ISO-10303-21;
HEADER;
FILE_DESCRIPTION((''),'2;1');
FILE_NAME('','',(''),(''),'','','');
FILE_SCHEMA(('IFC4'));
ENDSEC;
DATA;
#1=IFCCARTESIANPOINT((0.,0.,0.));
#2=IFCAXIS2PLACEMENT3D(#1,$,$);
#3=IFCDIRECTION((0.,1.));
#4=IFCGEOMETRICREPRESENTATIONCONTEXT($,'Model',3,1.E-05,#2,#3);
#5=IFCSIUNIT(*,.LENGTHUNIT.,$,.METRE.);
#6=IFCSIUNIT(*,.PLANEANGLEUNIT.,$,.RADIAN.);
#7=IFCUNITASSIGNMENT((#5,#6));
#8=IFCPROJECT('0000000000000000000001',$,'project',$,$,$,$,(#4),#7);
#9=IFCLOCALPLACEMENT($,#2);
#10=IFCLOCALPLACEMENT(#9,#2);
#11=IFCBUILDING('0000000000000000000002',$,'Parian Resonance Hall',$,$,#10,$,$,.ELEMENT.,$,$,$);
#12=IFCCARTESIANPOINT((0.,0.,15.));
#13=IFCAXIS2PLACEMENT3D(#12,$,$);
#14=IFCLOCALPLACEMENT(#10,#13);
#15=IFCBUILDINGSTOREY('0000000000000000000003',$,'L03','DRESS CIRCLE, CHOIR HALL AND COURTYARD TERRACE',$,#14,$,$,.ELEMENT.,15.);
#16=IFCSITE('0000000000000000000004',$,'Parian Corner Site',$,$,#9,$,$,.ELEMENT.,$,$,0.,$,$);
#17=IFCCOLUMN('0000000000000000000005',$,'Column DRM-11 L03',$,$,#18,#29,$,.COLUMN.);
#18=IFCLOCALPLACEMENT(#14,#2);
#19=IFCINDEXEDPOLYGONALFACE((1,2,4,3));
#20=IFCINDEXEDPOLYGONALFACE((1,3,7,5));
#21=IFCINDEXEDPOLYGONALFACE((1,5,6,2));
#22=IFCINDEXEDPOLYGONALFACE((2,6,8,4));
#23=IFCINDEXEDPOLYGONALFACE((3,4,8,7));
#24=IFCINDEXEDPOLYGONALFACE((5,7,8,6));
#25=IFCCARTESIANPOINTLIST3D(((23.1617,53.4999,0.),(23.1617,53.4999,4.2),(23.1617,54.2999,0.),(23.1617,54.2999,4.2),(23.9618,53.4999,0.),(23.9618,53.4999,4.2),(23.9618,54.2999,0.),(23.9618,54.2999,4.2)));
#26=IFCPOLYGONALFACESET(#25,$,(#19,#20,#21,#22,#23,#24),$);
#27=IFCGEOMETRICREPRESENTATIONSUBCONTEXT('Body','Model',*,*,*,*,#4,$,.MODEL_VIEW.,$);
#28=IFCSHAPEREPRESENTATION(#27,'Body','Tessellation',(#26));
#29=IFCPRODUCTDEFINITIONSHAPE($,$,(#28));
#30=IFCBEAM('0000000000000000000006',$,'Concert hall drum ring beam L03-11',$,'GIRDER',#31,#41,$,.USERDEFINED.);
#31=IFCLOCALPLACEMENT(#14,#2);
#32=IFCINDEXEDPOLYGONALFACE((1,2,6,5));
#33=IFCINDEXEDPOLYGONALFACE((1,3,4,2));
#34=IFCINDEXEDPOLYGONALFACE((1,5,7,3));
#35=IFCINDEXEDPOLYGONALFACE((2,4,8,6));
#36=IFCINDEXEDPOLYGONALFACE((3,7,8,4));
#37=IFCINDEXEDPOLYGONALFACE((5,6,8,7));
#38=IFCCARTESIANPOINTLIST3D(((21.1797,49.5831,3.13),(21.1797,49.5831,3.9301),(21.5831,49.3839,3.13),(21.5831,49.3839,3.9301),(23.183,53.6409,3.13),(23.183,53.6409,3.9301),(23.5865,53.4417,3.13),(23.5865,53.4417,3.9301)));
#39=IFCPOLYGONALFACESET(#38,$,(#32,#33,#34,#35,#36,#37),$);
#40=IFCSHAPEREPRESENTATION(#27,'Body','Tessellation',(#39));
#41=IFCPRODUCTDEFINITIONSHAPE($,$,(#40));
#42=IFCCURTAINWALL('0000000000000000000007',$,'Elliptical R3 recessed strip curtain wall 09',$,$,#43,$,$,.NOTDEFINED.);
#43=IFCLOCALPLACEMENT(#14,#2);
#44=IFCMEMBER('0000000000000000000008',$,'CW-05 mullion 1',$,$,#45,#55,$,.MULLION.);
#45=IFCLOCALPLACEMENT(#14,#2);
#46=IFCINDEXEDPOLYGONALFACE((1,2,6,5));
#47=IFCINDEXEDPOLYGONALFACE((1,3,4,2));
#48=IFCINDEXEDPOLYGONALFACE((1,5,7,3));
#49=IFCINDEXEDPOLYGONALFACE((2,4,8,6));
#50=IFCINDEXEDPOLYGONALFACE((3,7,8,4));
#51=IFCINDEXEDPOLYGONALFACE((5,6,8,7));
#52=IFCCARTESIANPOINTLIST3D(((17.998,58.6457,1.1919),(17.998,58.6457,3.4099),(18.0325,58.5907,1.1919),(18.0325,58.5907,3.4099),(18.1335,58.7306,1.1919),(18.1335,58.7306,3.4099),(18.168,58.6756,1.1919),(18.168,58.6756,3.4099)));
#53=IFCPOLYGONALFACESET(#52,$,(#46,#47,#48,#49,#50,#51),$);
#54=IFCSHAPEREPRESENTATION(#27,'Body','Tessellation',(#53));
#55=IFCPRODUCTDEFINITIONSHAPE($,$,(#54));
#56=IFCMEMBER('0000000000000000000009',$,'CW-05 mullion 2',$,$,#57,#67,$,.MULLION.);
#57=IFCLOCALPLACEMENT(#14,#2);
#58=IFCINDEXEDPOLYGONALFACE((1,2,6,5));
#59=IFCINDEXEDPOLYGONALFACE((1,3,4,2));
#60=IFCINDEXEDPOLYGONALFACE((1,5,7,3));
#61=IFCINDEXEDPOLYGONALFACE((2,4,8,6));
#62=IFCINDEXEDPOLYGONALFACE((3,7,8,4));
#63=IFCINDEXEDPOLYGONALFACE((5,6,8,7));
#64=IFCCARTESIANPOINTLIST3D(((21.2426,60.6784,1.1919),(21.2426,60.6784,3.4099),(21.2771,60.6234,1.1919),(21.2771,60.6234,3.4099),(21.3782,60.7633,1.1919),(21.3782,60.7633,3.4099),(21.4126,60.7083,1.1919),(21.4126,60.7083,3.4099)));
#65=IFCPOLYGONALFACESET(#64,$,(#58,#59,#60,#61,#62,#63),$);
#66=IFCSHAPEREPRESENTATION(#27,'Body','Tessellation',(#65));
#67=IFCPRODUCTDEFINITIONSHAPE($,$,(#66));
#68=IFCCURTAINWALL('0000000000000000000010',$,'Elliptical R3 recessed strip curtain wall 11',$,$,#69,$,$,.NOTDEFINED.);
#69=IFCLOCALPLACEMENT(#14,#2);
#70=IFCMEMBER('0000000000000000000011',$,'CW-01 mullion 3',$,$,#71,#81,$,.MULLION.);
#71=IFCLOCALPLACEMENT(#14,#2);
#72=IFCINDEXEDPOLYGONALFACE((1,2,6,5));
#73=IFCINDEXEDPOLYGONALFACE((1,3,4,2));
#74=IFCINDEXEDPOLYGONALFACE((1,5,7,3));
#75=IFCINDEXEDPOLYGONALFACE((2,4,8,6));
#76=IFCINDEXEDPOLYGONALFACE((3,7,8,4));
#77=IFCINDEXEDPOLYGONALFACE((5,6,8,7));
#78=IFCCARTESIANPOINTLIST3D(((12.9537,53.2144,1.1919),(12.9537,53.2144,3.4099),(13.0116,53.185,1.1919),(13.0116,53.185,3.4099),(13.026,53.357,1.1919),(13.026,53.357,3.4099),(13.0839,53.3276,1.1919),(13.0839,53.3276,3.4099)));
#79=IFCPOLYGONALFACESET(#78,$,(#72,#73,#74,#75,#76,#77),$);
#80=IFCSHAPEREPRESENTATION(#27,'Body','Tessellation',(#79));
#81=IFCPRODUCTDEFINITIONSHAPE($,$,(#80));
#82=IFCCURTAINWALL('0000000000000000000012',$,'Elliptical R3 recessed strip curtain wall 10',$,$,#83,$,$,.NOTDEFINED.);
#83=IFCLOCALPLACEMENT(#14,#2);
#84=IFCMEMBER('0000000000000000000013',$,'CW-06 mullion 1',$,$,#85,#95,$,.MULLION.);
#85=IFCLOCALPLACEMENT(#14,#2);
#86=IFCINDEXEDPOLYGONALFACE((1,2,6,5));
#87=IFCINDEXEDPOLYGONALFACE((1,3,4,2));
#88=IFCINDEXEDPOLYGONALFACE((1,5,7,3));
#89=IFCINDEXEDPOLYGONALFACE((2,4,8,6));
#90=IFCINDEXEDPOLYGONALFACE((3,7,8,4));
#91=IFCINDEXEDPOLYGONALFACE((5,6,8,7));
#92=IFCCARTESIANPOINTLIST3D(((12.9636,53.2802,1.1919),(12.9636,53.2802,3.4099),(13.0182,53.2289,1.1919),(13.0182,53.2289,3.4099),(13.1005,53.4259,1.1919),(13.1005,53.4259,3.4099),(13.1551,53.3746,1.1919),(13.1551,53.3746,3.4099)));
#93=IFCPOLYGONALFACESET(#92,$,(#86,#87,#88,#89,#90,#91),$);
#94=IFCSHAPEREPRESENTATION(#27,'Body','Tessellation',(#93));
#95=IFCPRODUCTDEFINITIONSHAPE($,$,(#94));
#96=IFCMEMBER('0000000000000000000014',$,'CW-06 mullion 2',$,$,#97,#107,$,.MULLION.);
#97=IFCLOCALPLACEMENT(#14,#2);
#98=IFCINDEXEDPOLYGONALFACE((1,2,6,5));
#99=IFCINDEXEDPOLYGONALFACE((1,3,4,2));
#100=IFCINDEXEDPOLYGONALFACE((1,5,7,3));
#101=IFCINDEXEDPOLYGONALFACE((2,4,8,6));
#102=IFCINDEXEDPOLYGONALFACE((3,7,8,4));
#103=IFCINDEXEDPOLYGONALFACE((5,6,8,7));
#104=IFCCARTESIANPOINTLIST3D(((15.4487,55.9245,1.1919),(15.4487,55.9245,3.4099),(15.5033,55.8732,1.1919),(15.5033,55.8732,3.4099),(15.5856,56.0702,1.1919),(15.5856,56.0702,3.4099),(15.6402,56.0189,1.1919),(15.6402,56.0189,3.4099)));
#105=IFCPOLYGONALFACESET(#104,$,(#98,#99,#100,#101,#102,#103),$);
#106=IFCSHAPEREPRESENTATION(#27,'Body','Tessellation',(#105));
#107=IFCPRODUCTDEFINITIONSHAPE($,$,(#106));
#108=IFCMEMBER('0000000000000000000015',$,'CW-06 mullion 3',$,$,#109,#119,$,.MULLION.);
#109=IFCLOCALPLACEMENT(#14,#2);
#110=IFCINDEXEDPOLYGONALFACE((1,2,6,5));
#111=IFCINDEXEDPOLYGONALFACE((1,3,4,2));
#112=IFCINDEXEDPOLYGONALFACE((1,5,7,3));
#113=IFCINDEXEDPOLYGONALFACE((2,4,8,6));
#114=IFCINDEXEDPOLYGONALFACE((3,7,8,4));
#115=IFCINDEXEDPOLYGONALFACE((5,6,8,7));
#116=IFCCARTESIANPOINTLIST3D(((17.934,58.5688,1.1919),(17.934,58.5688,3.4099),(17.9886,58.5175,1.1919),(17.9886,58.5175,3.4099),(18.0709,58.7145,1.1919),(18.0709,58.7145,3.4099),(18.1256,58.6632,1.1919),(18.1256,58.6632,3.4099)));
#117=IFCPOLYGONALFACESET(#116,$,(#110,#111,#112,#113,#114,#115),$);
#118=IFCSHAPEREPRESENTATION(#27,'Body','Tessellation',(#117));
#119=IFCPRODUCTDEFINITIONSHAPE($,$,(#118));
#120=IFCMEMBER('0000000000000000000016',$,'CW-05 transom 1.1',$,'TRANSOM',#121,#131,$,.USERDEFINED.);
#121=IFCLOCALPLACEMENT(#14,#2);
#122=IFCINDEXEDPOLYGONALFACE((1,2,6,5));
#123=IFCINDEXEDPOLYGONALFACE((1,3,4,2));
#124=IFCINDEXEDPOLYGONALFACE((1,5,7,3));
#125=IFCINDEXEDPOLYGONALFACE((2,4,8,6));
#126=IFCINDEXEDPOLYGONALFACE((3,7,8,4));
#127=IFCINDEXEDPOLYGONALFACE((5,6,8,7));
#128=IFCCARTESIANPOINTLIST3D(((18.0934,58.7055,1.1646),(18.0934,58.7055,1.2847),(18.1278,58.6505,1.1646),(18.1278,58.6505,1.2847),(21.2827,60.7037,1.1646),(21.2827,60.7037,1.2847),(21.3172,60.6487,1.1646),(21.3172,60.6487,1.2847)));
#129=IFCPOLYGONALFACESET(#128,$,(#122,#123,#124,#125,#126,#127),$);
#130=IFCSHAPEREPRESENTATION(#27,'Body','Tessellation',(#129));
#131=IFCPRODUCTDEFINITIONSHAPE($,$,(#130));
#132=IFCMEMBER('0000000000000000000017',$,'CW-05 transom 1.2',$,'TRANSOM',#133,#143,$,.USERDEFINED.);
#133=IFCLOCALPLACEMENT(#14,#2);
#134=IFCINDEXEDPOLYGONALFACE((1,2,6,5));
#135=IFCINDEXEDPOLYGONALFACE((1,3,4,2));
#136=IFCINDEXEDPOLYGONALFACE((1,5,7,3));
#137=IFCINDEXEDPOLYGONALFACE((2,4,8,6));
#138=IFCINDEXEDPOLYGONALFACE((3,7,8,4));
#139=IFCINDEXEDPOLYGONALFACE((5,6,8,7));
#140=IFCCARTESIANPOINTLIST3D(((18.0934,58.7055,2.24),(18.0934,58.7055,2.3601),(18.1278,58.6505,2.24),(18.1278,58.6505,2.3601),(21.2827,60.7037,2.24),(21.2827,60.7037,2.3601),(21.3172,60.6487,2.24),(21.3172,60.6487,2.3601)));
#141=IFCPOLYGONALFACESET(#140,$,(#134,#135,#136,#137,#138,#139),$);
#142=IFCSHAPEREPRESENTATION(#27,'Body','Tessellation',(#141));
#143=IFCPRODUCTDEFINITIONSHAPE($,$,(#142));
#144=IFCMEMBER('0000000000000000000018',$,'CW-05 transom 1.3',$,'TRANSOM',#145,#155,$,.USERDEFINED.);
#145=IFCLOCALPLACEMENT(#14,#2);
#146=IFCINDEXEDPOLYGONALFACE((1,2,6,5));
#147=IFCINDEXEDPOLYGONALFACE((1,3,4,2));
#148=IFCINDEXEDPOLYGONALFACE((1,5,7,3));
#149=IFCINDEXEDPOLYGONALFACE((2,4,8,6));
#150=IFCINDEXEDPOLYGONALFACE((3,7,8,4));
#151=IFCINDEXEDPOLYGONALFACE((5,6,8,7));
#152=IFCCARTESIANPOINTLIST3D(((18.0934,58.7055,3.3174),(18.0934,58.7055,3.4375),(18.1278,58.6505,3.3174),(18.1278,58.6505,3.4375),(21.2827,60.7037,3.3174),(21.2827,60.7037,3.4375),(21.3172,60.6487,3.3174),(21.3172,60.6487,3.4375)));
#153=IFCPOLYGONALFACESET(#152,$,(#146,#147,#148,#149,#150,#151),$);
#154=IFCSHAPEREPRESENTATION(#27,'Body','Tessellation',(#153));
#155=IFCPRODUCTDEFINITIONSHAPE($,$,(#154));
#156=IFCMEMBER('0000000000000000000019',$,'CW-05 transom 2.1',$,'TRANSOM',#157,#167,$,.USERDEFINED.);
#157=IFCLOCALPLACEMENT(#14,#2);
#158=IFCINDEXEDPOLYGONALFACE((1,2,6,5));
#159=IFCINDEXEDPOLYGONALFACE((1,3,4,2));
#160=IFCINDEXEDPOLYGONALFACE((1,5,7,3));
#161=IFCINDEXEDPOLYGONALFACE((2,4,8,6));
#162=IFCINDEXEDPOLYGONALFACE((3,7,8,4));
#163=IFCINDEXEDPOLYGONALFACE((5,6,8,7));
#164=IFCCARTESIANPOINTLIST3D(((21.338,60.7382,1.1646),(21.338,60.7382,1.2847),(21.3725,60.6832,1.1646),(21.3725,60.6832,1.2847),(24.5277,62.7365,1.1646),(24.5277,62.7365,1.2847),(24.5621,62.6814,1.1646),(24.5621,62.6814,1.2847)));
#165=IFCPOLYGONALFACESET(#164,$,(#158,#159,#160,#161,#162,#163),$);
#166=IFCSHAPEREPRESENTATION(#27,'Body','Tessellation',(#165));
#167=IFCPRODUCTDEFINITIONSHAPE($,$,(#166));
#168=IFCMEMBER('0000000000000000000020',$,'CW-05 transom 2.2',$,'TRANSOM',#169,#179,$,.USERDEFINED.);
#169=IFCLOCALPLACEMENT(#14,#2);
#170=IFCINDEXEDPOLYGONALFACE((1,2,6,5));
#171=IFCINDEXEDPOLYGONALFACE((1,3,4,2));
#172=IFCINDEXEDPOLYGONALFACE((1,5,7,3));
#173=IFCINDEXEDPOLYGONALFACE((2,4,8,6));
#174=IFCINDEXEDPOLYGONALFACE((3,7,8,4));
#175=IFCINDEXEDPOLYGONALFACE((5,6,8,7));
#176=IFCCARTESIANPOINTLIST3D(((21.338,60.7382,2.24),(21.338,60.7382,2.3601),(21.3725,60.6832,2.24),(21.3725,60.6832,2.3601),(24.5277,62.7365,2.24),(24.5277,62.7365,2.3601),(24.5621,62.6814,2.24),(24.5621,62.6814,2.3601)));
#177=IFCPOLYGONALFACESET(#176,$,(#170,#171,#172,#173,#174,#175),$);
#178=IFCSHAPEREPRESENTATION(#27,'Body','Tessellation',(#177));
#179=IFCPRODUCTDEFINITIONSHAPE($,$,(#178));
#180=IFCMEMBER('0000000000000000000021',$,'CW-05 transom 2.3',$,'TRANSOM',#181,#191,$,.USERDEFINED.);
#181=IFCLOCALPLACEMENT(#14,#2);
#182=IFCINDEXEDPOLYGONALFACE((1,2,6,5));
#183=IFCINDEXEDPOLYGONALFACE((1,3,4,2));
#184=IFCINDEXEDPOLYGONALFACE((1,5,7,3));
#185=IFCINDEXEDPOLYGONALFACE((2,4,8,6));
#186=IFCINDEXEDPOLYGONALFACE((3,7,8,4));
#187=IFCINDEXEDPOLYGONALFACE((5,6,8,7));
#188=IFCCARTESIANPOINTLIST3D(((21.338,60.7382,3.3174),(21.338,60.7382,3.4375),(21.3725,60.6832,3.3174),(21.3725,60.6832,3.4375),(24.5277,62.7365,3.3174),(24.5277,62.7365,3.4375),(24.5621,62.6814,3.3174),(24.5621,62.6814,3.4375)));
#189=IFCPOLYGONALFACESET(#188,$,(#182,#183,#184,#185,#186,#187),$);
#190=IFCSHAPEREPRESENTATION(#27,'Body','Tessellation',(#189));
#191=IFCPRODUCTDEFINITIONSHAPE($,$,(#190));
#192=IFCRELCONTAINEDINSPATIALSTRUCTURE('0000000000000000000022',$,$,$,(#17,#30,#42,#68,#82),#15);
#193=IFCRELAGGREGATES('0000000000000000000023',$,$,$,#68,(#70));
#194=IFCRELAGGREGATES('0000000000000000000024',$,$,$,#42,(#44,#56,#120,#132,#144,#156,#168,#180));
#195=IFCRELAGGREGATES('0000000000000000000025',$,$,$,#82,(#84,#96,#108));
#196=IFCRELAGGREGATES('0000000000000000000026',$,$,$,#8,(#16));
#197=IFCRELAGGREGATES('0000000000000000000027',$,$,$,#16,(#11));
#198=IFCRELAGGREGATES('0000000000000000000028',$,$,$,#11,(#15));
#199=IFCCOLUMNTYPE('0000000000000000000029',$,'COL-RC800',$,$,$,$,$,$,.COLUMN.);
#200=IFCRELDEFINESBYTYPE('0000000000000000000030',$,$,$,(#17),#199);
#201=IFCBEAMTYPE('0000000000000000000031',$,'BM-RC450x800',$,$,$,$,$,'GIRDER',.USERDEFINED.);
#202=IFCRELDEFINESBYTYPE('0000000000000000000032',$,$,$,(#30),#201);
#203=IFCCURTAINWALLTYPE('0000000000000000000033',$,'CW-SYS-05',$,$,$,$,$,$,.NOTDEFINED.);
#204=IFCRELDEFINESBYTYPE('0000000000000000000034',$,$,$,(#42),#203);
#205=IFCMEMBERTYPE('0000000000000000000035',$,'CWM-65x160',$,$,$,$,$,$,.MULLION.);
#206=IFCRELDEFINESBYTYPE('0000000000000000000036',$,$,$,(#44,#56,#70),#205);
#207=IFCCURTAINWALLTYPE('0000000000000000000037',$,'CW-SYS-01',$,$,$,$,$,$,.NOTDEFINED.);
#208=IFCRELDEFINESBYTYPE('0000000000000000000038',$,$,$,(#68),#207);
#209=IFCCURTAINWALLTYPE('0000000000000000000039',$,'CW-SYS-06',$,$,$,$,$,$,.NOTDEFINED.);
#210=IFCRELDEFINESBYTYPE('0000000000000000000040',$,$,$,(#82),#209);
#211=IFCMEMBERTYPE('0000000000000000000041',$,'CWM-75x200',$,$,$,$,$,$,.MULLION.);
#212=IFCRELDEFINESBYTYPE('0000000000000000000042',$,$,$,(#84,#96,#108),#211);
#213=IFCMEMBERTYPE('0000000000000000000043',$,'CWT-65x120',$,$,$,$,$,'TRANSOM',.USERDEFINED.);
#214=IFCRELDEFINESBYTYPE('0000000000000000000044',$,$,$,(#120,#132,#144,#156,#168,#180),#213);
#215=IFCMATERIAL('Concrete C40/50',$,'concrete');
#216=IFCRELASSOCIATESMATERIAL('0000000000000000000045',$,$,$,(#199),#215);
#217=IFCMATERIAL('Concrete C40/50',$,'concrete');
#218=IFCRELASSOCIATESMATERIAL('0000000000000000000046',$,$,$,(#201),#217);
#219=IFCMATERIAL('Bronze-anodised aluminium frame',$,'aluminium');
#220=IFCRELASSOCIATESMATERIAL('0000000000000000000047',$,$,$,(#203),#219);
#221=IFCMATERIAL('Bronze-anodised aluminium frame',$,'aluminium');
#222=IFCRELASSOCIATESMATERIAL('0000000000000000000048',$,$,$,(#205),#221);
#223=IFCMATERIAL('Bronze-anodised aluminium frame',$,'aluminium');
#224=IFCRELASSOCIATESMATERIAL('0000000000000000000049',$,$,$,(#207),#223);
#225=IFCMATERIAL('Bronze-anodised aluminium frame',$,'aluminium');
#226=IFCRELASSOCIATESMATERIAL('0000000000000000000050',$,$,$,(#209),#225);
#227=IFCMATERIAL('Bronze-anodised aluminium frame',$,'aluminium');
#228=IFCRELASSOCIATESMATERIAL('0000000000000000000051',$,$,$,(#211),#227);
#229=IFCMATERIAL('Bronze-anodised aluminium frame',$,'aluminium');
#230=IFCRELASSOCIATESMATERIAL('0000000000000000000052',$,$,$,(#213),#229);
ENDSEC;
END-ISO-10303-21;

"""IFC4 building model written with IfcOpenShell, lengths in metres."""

from ifc_helpers import new_model, si_unit, direction, frame, origin, origin_2d, place, context, subcontext, project, spatial, rectangle, extrude, material, material_profile, profile_set, type_object, element, aggregate, save


model = new_model("IFC4")

# Units and contexts
model_context = context("Model", 3, precision=1e-05, world=origin(), true_north=direction((0.0, 1.0)))
body_context = subcontext(model_context, "Body", "Model", "MODEL_VIEW")
ifc_project = project(units=[si_unit("LENGTHUNIT", "METRE"), si_unit("PLANEANGLEUNIT", "RADIAN")], contexts=[model_context])

# Site, building, storey
site_placement = place(None, origin())
site = spatial("IfcSite", under=ifc_project, at=site_placement, Name="Parian Corner Site", CompositionType="ELEMENT", RefElevation=0.0)
building_placement = place(site_placement, origin())
building = spatial("IfcBuilding", under=site, at=building_placement, Name="Parian Resonance Hall", CompositionType="ELEMENT")
storey_placement = place(building_placement, frame((0.0, 0.0, 15.0)))
storey = spatial("IfcBuildingStorey", under=building, at=storey_placement, Name="L03", Description="DRESS CIRCLE, CHOIR HALL AND COURTYARD TERRACE", CompositionType="ELEMENT", Elevation=15.0)

# Column
ifc_material_1 = material(Name="Concrete C40/50", Category="concrete")
ifc_material_profile_1 = material_profile(ifc_material_1, rectangle(XDim=0.8, YDim=0.8, at=origin_2d()), Name="RC-COL-800x800")
ifc_profile_set_1 = profile_set([ifc_material_profile_1], Name="Concrete C40/50")
column_type = type_object("IfcColumnType", Name="COL-RC800", PredefinedType="COLUMN", material=ifc_profile_set_1)
column_placement = place(storey_placement, frame((23.5618, 53.8999, 0.0), z_axis=(0.0, 0.0, 1.0), x_axis=(1.0, 0.0, 0.0)))
element("IfcColumn", 1, at=column_placement, inside=storey, type_object=column_type, Name="Column DRM-11 L03", PredefinedType="COLUMN", context=body_context, shape_type="SweptSolid", body=[
    extrude(rectangle(XDim=0.8, YDim=0.8, at=origin_2d()), origin(), (0.0, 0.0, 1.0), 4.2),
])

# Beam
ifc_material_2 = material(Name="Concrete C40/50", Category="concrete")
ifc_material_profile_2 = material_profile(ifc_material_2, rectangle(XDim=0.45, YDim=0.8, at=origin_2d()), Name="RC-BM-450x800")
ifc_profile_set_2 = profile_set([ifc_material_profile_2], Name="Concrete C40/50")
beam_type = type_object("IfcBeamType", Name="BM-RC450x800", ElementType="GIRDER", PredefinedType="USERDEFINED", material=ifc_profile_set_2)
beam_placement = place(storey_placement, frame((23.3848, 53.5413, 3.53), z_axis=(-0.442698, -0.896671, 0.0), x_axis=(0.896671, -0.442698, 0.0)))
element("IfcBeam", 2, at=beam_placement, inside=storey, type_object=beam_type, Name="Concert hall drum ring beam L03-11", ObjectType="GIRDER", PredefinedType="USERDEFINED", context=body_context, shape_type="SweptSolid", body=[
    extrude(rectangle(XDim=0.45, YDim=0.8, at=origin_2d()), origin(), (0.0, 0.0, 1.0), 4.5254),
])

# Curtain wall, members
ifc_material_3 = material(Name="Bronze-anodised aluminium frame", Category="aluminium")
curtain_wall_type_1 = type_object("IfcCurtainWallType", Name="CW-SYS-05", PredefinedType="NOTDEFINED", material=ifc_material_3)
curtain_wall_1_placement = place(storey_placement, origin())
curtain_wall_1 = element("IfcCurtainWall", 3, at=curtain_wall_1_placement, inside=storey, type_object=curtain_wall_type_1, Name="Elliptical R3 recessed strip curtain wall 09", PredefinedType="NOTDEFINED")
ifc_material_4 = material(Name="Bronze-anodised aluminium frame", Category="aluminium")
ifc_material_profile_3 = material_profile(ifc_material_4, rectangle(XDim=0.0649, YDim=0.1599, at=origin_2d()), Name="CWM-65x160")
ifc_profile_set_3 = profile_set([ifc_material_profile_3], Name="Bronze-anodised aluminium frame")
member_type_1 = type_object("IfcMemberType", Name="CWM-65x160", PredefinedType="MULLION", material=ifc_profile_set_3)
member_1_placement = place(storey_placement, frame((18.083, 58.6606, 1.1919), z_axis=(0.0, 0.0, 1.0), x_axis=(-0.530904, 0.847432, 0.0)))
member_1 = element("IfcMember", 4, at=member_1_placement, type_object=member_type_1, Name="CW-05 mullion 1", PredefinedType="MULLION", context=body_context, shape_type="SweptSolid", body=[
    extrude(rectangle(XDim=0.0649, YDim=0.1599, at=origin_2d()), origin(), (0.0, 0.0, 1.0), 2.218),
])
member_2_placement = place(storey_placement, frame((21.3276, 60.6934, 1.1919), z_axis=(0.0, 0.0, 1.0), x_axis=(-0.530904, 0.847432, 0.0)))
member_2 = element("IfcMember", 5, at=member_2_placement, type_object=member_type_1, Name="CW-05 mullion 2", PredefinedType="MULLION", context=body_context, shape_type="SweptSolid", body=[
    extrude(rectangle(XDim=0.0649, YDim=0.1599, at=origin_2d()), origin(), (0.0, 0.0, 1.0), 2.218),
])

# Curtain wall, member
ifc_material_5 = material(Name="Bronze-anodised aluminium frame", Category="aluminium")
curtain_wall_type_2 = type_object("IfcCurtainWallType", Name="CW-SYS-01", PredefinedType="NOTDEFINED", material=ifc_material_5)
curtain_wall_2_placement = place(storey_placement, origin())
curtain_wall_2 = element("IfcCurtainWall", 6, at=curtain_wall_2_placement, inside=storey, type_object=curtain_wall_type_2, Name="Elliptical R3 recessed strip curtain wall 11", PredefinedType="NOTDEFINED")
member_3_placement = place(storey_placement, frame((13.0188, 53.271, 1.1919), z_axis=(0.0, 0.0, 1.0), x_axis=(-0.891795, 0.45244, 0.0)))
member_3 = element("IfcMember", 7, at=member_3_placement, type_object=member_type_1, Name="CW-01 mullion 3", PredefinedType="MULLION", context=body_context, shape_type="SweptSolid", body=[
    extrude(rectangle(XDim=0.0649, YDim=0.1599, at=origin_2d()), origin(), (0.0, 0.0, 1.0), 2.218),
])

# Curtain wall, members
ifc_material_6 = material(Name="Bronze-anodised aluminium frame", Category="aluminium")
curtain_wall_type_3 = type_object("IfcCurtainWallType", Name="CW-SYS-06", PredefinedType="NOTDEFINED", material=ifc_material_6)
curtain_wall_3_placement = place(storey_placement, origin())
curtain_wall_3 = element("IfcCurtainWall", 8, at=curtain_wall_3_placement, inside=storey, type_object=curtain_wall_type_3, Name="Elliptical R3 recessed strip curtain wall 10", PredefinedType="NOTDEFINED")
ifc_material_7 = material(Name="Bronze-anodised aluminium frame", Category="aluminium")
ifc_material_profile_4 = material_profile(ifc_material_7, rectangle(XDim=0.075, YDim=0.2, at=origin_2d()), Name="CWM-75x200")
ifc_profile_set_4 = profile_set([ifc_material_profile_4], Name="Bronze-anodised aluminium frame")
member_type_2 = type_object("IfcMemberType", Name="CWM-75x200", PredefinedType="MULLION", material=ifc_profile_set_4)
member_4_placement = place(storey_placement, frame((13.0593, 53.3274, 1.1919), z_axis=(0.0, 0.0, 1.0), x_axis=(-0.728695, 0.684838, 0.0)))
member_4 = element("IfcMember", 9, at=member_4_placement, type_object=member_type_2, Name="CW-06 mullion 1", PredefinedType="MULLION", context=body_context, shape_type="SweptSolid", body=[
    extrude(rectangle(XDim=0.075, YDim=0.2, at=origin_2d()), origin(), (0.0, 0.0, 1.0), 2.218),
])
member_5_placement = place(storey_placement, frame((15.5444, 55.9717, 1.1919), z_axis=(0.0, 0.0, 1.0), x_axis=(-0.728695, 0.684838, 0.0)))
member_5 = element("IfcMember", 10, at=member_5_placement, type_object=member_type_2, Name="CW-06 mullion 2", PredefinedType="MULLION", context=body_context, shape_type="SweptSolid", body=[
    extrude(rectangle(XDim=0.075, YDim=0.2, at=origin_2d()), origin(), (0.0, 0.0, 1.0), 2.218),
])
member_6_placement = place(storey_placement, frame((18.0298, 58.616, 1.1919), z_axis=(0.0, 0.0, 1.0), x_axis=(-0.728695, 0.684838, 0.0)))
member_6 = element("IfcMember", 11, at=member_6_placement, type_object=member_type_2, Name="CW-06 mullion 3", PredefinedType="MULLION", context=body_context, shape_type="SweptSolid", body=[
    extrude(rectangle(XDim=0.075, YDim=0.2, at=origin_2d()), origin(), (0.0, 0.0, 1.0), 2.218),
])

# Members
ifc_material_8 = material(Name="Bronze-anodised aluminium frame", Category="aluminium")
ifc_material_profile_5 = material_profile(ifc_material_8, rectangle(XDim=0.0649, YDim=0.1201, at=origin_2d()), Name="CWT-65x120")
ifc_profile_set_5 = profile_set([ifc_material_profile_5], Name="Bronze-anodised aluminium frame")
member_type_3 = type_object("IfcMemberType", Name="CWT-65x120", ElementType="TRANSOM", PredefinedType="USERDEFINED", material=ifc_profile_set_5)
member_7_placement = place(storey_placement, frame((18.1106, 58.678, 1.2246), z_axis=(0.847415, 0.530932, 0.0), x_axis=(-0.530932, 0.847415, 0.0)))
member_7 = element("IfcMember", 12, at=member_7_placement, type_object=member_type_3, Name="CW-05 transom 1.1", ObjectType="TRANSOM", PredefinedType="USERDEFINED", context=body_context, shape_type="SweptSolid", body=[
    extrude(rectangle(XDim=0.0649, YDim=0.1201, at=origin_2d()), origin(), (0.0, 0.0, 1.0), 3.7637),
])
member_8_placement = place(storey_placement, frame((18.1106, 58.678, 2.3), z_axis=(0.847415, 0.530932, 0.0), x_axis=(-0.530932, 0.847415, 0.0)))
member_8 = element("IfcMember", 13, at=member_8_placement, type_object=member_type_3, Name="CW-05 transom 1.2", ObjectType="TRANSOM", PredefinedType="USERDEFINED", context=body_context, shape_type="SweptSolid", body=[
    extrude(rectangle(XDim=0.0649, YDim=0.1201, at=origin_2d()), origin(), (0.0, 0.0, 1.0), 3.7637),
])
member_9_placement = place(storey_placement, frame((18.1106, 58.678, 3.3774), z_axis=(0.847415, 0.530932, 0.0), x_axis=(-0.530932, 0.847415, 0.0)))
member_9 = element("IfcMember", 14, at=member_9_placement, type_object=member_type_3, Name="CW-05 transom 1.3", ObjectType="TRANSOM", PredefinedType="USERDEFINED", context=body_context, shape_type="SweptSolid", body=[
    extrude(rectangle(XDim=0.0649, YDim=0.1201, at=origin_2d()), origin(), (0.0, 0.0, 1.0), 3.7637),
])
member_10_placement = place(storey_placement, frame((21.3552, 60.7107, 1.2246), z_axis=(0.847433, 0.530902, 0.0), x_axis=(-0.530902, 0.847433, 0.0)))
member_10 = element("IfcMember", 15, at=member_10_placement, type_object=member_type_3, Name="CW-05 transom 2.1", ObjectType="TRANSOM", PredefinedType="USERDEFINED", context=body_context, shape_type="SweptSolid", body=[
    extrude(rectangle(XDim=0.0649, YDim=0.1201, at=origin_2d()), origin(), (0.0, 0.0, 1.0), 3.7639),
])
member_11_placement = place(storey_placement, frame((21.3552, 60.7107, 2.3), z_axis=(0.847433, 0.530902, 0.0), x_axis=(-0.530902, 0.847433, 0.0)))
member_11 = element("IfcMember", 16, at=member_11_placement, type_object=member_type_3, Name="CW-05 transom 2.2", ObjectType="TRANSOM", PredefinedType="USERDEFINED", context=body_context, shape_type="SweptSolid", body=[
    extrude(rectangle(XDim=0.0649, YDim=0.1201, at=origin_2d()), origin(), (0.0, 0.0, 1.0), 3.7639),
])
member_12_placement = place(storey_placement, frame((21.3552, 60.7107, 3.3774), z_axis=(0.847433, 0.530902, 0.0), x_axis=(-0.530902, 0.847433, 0.0)))
member_12 = element("IfcMember", 17, at=member_12_placement, type_object=member_type_3, Name="CW-05 transom 2.3", ObjectType="TRANSOM", PredefinedType="USERDEFINED", context=body_context, shape_type="SweptSolid", body=[
    extrude(rectangle(XDim=0.0649, YDim=0.1201, at=origin_2d()), origin(), (0.0, 0.0, 1.0), 3.7639),
])

aggregate(curtain_wall_2, [member_3])
aggregate(curtain_wall_1, [member_1, member_2, member_7, member_8, member_9, member_10, member_11, member_12])
aggregate(curtain_wall_3, [member_4, member_5, member_6])

save(model, "model.ifc")
